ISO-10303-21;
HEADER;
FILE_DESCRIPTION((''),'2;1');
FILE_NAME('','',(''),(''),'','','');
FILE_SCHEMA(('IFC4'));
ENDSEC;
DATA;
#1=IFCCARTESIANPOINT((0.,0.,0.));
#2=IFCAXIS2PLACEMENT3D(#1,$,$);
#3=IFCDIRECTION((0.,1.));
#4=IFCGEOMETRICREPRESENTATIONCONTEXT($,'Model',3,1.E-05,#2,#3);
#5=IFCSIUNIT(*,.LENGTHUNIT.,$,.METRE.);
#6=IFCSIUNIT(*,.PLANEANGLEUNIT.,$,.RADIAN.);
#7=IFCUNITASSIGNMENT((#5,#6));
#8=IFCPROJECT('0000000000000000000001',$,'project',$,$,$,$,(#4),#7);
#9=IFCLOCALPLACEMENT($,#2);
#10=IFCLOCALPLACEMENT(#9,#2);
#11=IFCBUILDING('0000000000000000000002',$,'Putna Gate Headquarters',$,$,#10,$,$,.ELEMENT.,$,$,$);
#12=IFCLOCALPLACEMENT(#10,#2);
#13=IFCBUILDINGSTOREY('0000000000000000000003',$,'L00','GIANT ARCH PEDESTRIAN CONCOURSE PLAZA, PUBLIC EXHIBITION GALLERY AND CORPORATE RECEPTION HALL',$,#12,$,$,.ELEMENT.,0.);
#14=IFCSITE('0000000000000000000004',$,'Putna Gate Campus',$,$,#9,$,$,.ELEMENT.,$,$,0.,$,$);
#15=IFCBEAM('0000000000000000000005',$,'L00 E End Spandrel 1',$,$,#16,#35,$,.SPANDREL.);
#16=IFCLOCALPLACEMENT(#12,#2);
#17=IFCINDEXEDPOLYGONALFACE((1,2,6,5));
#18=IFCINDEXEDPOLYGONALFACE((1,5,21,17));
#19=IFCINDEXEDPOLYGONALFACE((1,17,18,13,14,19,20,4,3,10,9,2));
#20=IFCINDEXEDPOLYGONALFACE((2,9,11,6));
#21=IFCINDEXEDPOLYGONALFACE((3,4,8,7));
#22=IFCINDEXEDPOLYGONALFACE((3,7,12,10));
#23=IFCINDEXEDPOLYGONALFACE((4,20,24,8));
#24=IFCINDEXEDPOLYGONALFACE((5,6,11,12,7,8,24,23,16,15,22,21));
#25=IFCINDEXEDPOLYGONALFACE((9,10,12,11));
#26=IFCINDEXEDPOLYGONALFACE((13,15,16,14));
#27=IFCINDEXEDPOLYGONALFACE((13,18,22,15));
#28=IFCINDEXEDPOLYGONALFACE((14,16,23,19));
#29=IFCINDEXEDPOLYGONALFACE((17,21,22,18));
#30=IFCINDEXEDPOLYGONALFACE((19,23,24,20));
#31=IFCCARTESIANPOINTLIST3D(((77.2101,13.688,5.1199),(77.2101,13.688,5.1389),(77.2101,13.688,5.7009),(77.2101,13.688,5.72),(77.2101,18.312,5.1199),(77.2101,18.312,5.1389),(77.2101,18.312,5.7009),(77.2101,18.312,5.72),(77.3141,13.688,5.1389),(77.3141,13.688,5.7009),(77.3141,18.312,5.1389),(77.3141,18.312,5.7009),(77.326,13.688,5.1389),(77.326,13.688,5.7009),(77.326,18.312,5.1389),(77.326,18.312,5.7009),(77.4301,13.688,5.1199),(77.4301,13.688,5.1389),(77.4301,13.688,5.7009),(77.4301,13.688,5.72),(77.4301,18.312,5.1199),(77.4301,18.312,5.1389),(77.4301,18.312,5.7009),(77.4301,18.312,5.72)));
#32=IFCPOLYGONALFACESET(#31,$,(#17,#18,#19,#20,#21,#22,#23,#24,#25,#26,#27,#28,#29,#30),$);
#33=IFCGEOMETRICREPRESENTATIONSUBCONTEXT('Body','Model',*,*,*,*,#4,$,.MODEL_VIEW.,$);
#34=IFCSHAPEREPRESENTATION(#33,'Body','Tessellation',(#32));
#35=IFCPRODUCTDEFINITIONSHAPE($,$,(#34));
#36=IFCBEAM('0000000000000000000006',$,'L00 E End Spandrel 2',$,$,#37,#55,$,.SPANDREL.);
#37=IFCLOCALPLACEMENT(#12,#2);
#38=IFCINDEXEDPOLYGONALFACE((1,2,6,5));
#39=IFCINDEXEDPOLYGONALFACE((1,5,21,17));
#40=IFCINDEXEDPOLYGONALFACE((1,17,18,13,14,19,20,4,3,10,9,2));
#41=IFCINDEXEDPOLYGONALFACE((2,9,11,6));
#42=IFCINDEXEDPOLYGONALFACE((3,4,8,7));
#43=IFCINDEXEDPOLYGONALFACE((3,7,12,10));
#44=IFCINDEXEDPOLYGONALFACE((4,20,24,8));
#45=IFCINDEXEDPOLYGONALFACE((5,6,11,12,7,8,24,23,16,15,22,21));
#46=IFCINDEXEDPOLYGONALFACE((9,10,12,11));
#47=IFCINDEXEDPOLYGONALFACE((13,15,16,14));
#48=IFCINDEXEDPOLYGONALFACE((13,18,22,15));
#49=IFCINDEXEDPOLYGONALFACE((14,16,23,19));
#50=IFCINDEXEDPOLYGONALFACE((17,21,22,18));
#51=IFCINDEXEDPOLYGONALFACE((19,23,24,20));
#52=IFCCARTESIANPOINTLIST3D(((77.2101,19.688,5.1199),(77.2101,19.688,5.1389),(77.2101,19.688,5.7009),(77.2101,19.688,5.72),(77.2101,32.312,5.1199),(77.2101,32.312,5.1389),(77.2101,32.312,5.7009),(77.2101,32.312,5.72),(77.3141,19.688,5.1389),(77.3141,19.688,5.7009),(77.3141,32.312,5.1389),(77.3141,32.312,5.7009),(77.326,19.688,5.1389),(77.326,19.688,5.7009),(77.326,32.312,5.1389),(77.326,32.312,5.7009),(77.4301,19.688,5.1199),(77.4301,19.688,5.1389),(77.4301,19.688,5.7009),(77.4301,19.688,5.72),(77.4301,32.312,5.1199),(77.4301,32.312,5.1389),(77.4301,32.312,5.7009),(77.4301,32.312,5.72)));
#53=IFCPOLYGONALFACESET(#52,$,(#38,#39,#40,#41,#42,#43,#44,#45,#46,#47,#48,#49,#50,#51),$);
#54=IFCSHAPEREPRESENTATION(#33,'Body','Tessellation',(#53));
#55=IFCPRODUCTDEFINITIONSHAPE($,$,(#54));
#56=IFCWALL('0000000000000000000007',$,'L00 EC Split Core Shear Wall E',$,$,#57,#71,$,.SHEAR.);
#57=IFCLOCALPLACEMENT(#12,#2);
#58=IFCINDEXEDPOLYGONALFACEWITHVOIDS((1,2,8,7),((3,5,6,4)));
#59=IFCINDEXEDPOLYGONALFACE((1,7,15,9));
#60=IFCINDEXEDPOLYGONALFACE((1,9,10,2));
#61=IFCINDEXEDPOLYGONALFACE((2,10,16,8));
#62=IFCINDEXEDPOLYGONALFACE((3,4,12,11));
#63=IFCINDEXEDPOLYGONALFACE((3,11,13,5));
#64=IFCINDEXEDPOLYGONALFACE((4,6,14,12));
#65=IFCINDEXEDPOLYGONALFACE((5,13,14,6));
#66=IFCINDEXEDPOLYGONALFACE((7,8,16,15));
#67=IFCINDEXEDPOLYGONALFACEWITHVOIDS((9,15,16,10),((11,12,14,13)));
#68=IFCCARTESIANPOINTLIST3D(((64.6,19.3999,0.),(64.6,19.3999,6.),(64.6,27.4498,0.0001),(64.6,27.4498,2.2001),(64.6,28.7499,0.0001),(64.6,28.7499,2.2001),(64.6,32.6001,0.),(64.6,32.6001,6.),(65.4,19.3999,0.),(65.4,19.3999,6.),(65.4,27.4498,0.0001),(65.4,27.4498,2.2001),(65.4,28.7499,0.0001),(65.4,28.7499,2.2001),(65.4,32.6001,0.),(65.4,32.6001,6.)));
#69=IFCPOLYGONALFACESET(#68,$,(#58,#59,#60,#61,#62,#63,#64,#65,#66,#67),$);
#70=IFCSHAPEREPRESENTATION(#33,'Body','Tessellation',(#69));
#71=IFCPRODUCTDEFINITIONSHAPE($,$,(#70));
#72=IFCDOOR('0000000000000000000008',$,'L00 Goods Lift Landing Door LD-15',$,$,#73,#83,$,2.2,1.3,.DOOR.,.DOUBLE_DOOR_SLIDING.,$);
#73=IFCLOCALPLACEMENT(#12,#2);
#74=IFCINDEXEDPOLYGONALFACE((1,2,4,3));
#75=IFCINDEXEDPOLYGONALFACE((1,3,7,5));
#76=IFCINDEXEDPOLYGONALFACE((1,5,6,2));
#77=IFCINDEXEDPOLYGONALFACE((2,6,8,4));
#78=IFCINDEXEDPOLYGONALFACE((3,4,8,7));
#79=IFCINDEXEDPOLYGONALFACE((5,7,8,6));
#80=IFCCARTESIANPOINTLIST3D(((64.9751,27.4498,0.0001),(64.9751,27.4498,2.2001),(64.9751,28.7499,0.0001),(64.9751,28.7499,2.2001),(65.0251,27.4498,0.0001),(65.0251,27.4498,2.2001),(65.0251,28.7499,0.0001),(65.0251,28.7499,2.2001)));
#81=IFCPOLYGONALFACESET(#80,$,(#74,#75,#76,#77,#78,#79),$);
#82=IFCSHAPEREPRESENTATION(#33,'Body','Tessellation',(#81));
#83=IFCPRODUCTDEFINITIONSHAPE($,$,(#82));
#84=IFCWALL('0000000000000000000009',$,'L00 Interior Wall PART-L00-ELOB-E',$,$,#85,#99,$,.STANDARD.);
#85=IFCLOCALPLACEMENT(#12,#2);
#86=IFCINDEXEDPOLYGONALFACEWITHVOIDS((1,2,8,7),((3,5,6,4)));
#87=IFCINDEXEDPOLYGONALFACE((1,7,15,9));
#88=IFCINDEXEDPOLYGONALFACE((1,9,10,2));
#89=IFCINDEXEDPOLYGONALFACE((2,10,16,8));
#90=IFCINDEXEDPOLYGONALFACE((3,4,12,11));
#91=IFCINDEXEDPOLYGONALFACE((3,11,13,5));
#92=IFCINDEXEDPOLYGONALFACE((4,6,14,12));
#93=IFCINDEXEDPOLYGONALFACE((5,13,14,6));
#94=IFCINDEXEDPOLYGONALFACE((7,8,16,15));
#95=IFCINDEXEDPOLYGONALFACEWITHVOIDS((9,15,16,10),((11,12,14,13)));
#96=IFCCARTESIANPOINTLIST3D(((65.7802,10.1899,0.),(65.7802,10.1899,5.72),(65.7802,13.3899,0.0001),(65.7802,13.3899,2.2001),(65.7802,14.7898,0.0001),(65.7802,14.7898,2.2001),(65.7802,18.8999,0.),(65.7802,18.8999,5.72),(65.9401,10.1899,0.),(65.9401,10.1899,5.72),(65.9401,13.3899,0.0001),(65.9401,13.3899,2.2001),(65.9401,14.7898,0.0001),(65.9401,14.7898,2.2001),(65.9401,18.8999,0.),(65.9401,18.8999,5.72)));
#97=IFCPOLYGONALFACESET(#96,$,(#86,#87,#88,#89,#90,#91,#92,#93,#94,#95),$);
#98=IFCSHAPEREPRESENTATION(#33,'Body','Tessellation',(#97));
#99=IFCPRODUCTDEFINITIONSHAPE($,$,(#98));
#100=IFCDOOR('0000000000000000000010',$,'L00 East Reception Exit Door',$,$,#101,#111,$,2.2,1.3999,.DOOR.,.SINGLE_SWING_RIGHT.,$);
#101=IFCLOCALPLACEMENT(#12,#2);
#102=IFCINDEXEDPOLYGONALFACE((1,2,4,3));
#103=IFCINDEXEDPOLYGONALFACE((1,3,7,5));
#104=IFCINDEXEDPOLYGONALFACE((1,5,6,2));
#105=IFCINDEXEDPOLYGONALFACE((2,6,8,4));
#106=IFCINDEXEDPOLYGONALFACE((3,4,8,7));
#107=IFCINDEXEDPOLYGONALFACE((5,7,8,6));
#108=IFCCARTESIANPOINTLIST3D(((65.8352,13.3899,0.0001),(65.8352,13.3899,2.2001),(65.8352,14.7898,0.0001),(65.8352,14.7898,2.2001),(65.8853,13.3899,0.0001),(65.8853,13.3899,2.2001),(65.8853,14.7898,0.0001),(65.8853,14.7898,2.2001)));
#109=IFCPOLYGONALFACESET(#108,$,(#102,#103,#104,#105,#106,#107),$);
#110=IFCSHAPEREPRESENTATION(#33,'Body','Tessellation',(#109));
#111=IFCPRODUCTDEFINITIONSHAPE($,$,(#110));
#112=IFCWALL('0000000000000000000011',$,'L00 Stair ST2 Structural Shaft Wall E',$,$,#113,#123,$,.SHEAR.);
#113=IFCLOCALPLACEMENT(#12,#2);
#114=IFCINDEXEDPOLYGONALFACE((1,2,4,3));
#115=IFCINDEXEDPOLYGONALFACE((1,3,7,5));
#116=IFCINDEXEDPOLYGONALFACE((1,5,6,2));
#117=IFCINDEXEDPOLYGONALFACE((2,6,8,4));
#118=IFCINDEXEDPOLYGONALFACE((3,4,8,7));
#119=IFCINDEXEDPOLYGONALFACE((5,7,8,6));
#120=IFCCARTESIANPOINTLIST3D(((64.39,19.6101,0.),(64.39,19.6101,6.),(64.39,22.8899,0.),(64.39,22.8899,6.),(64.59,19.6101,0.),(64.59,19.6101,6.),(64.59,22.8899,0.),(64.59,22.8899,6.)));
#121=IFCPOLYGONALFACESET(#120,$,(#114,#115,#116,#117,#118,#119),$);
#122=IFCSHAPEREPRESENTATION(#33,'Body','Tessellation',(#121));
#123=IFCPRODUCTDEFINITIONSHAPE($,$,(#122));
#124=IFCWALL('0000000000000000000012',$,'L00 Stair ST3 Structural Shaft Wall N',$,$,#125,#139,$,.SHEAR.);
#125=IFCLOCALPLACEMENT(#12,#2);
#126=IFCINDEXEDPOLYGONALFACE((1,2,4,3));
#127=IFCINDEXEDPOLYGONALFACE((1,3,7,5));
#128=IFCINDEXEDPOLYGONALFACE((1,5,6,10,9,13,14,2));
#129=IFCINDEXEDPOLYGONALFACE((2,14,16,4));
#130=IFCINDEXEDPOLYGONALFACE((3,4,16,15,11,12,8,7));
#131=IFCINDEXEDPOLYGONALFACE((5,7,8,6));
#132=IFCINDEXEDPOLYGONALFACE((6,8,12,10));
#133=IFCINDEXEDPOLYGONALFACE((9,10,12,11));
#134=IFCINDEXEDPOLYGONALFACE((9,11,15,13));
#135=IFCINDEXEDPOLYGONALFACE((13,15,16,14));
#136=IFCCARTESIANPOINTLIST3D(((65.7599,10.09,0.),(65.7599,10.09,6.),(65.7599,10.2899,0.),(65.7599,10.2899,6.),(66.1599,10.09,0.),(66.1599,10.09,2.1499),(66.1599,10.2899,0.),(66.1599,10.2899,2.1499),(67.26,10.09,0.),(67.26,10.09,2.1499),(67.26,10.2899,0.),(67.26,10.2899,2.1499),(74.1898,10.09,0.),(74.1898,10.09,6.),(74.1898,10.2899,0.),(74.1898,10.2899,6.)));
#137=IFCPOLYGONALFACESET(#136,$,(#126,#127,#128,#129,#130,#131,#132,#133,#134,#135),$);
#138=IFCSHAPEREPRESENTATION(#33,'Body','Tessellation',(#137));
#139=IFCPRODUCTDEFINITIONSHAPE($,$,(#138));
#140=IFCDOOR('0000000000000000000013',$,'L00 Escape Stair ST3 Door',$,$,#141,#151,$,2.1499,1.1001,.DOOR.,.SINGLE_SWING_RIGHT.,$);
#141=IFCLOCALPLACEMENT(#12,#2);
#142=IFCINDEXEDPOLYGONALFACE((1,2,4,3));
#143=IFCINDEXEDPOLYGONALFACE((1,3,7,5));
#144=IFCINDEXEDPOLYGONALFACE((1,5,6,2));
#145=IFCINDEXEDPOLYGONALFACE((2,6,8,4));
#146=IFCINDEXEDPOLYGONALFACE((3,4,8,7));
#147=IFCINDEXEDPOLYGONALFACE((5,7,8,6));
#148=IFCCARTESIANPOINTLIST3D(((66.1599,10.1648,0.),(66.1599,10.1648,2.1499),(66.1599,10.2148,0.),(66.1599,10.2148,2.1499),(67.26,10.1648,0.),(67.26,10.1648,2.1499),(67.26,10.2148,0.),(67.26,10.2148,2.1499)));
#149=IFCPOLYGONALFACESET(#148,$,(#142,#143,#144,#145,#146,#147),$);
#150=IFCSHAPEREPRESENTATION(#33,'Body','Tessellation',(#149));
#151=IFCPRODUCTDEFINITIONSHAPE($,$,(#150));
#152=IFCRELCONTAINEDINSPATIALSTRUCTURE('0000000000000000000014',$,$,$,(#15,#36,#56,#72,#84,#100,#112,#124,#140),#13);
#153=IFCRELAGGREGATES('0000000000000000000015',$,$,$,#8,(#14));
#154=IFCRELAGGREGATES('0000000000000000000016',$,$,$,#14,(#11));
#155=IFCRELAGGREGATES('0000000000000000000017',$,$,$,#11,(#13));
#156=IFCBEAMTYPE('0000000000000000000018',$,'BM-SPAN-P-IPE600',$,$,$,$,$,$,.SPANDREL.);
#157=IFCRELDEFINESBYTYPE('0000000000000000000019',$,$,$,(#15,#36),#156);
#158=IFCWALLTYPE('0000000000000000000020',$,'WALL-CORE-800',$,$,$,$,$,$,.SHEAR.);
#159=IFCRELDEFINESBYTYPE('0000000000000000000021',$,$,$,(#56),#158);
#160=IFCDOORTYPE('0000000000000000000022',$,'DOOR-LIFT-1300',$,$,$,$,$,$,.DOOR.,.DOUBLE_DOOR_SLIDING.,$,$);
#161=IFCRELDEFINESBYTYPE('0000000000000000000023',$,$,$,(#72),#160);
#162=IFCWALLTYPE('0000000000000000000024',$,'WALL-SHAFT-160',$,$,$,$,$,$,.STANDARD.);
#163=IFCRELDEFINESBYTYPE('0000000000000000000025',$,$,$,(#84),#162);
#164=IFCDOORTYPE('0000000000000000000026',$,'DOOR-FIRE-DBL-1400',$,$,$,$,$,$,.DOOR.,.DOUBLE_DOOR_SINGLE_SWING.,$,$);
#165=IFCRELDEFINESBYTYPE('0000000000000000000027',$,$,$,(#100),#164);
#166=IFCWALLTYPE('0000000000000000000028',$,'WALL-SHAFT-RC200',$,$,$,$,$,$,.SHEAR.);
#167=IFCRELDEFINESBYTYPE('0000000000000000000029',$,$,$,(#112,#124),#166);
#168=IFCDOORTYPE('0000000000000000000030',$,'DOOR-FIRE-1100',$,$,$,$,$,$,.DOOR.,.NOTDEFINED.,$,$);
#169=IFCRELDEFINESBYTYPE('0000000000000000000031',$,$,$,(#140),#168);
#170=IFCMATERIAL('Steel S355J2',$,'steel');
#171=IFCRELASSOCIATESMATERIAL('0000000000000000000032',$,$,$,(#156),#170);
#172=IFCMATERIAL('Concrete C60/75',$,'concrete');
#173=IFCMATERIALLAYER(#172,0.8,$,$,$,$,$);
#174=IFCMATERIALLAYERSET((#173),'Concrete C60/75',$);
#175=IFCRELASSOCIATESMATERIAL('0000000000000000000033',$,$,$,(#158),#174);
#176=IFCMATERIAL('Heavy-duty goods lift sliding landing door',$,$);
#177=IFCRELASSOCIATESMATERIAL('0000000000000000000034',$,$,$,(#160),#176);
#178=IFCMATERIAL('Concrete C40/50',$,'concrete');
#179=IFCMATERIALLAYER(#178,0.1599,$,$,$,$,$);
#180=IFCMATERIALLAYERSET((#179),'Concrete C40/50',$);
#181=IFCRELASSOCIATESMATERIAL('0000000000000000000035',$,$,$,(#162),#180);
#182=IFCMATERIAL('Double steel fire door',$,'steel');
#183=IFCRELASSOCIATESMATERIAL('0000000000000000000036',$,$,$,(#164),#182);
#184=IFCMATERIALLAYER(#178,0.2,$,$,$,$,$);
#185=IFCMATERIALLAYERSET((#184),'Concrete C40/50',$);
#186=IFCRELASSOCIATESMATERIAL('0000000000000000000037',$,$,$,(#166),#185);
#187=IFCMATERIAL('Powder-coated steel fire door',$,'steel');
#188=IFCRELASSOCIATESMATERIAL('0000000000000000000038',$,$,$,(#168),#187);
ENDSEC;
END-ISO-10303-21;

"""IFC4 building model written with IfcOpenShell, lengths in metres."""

from ifc_helpers import new_model, si_unit, direction, frame, frame_2d, origin, origin_2d, place, context, subcontext, project, spatial, rectangle, i_section, extrude, material, layer, layer_set, material_profile, profile_set, type_object, element, fill, save


model = new_model("IFC4")

# Units and contexts
model_context = context("Model", 3, precision=1e-05, world=origin(), true_north=direction((0.0, 1.0)))
body_context = subcontext(model_context, "Body", "Model", "MODEL_VIEW")
ifc_project = project(units=[si_unit("LENGTHUNIT", "METRE"), si_unit("PLANEANGLEUNIT", "RADIAN")], contexts=[model_context])

# Site, building, storey
site_placement = place(None, origin())
site = spatial("IfcSite", under=ifc_project, at=site_placement, Name="Putna Gate Campus", CompositionType="ELEMENT", RefElevation=0.0)
building_placement = place(site_placement, origin())
building = spatial("IfcBuilding", under=site, at=building_placement, Name="Putna Gate Headquarters", CompositionType="ELEMENT")
storey_placement = place(building_placement, origin())
storey = spatial("IfcBuildingStorey", under=building, at=storey_placement, Name="L00", Description="GIANT ARCH PEDESTRIAN CONCOURSE PLAZA, PUBLIC EXHIBITION GALLERY AND CORPORATE RECEPTION HALL", CompositionType="ELEMENT", Elevation=0.0)

# Shared definitions
ifc_material_1 = material(Name="Concrete C60/75", Category="concrete")

# Beams
ifc_material_2 = material(Name="Steel S355J2", Category="steel")
ifc_material_profile_1 = material_profile(ifc_material_2, i_section(OverallWidth=0.22, OverallDepth=0.6001, WebThickness=0.012, FlangeThickness=0.019, at=origin_2d()), Name="Steel S355J2")
ifc_profile_set_1 = profile_set([ifc_material_profile_1], Name="Steel S355J2")
beam_type_1 = type_object("IfcBeamType", Name="BM-SPAN-P-IPE600", PredefinedType="SPANDREL", material=ifc_profile_set_1)
beam_1_placement = place(storey_placement, frame((77.3201, 13.688, 5.4199), z_axis=(0.0, 1.0, 0.0), x_axis=(-1.0, 0.0, 0.0)))
element("IfcBeam", 1, at=beam_1_placement, inside=storey, type_object=beam_type_1, Name="L00 E End Spandrel 1", PredefinedType="SPANDREL", context=body_context, shape_type="SweptSolid", body=[
    extrude(i_section(OverallWidth=0.22, OverallDepth=0.6001, WebThickness=0.012, FlangeThickness=0.019, at=origin_2d()), origin(), (0.0, 0.0, 1.0), 4.624),
])
beam_2_placement = place(storey_placement, frame((77.3201, 19.688, 5.4199), z_axis=(0.0, 1.0, 0.0), x_axis=(-1.0, 0.0, 0.0)))
element("IfcBeam", 2, at=beam_2_placement, inside=storey, type_object=beam_type_1, Name="L00 E End Spandrel 2", PredefinedType="SPANDREL", context=body_context, shape_type="SweptSolid", body=[
    extrude(i_section(OverallWidth=0.22, OverallDepth=0.6001, WebThickness=0.012, FlangeThickness=0.019, at=origin_2d()), origin(), (0.0, 0.0, 1.0), 12.624),
])

# Walls, openings, doors
ifc_layer_1 = layer(ifc_material_1, 0.8)
ifc_layer_set_1 = layer_set([ifc_layer_1], Name="Concrete C60/75")
wall_type_1 = type_object("IfcWallType", Name="WALL-CORE-800", PredefinedType="SHEAR", material=ifc_layer_set_1)
wall_1_placement = place(storey_placement, frame((65.0, 19.3999, 0.0), z_axis=(0.0, 0.0, 1.0), x_axis=(0.0, 1.0, 0.0)))
wall_1 = element("IfcWall", 3, at=wall_1_placement, inside=storey, type_object=wall_type_1, Name="L00 EC Split Core Shear Wall E", PredefinedType="SHEAR", context=body_context, shape_type="SweptSolid", body=[
    extrude(rectangle(XDim=13.2002, YDim=0.8, at=frame_2d((6.6001, 0.0))), origin(), (0.0, 0.0, 1.0), 6.0),
])
opening_1_placement = place(wall_1_placement, frame((8.05, 0.0, 0.0)))
opening_1 = element("IfcOpeningElement", 4, at=opening_1_placement, cuts=wall_1, PredefinedType="OPENING", context=body_context, shape_type="SweptSolid", body=[
    extrude(rectangle(XDim=1.3, YDim=2.2, at=frame_2d((0.6499, 1.1001))), frame((0.0, 0.4099, 0.0), z_axis=(0.0, -1.0, 0.0), x_axis=(1.0, 0.0, 0.0)), (0.0, 0.0, 1.0), 0.8201),
])
ifc_material_3 = material(Name="Heavy-duty goods lift sliding landing door")
door_type_1 = type_object("IfcDoorType", Name="DOOR-LIFT-1300", OperationType="DOUBLE_DOOR_SLIDING", PredefinedType="DOOR", material=ifc_material_3)
door_1_placement = place(opening_1_placement, origin())
door_1 = element("IfcDoor", 5, at=door_1_placement, inside=storey, type_object=door_type_1, Name="L00 Goods Lift Landing Door LD-15", OperationType="DOUBLE_DOOR_SLIDING", OverallHeight=2.2, OverallWidth=1.3, PredefinedType="DOOR", context=body_context, shape_type="SweptSolid", body=[
    extrude(rectangle(XDim=1.3, YDim=2.2, at=frame_2d((0.6499, 1.1001))), frame((0.0, 0.0249, 0.0), z_axis=(0.0, -1.0, 0.0), x_axis=(1.0, 0.0, 0.0)), (0.0, 0.0, 1.0), 0.05),
])
fill(opening_1, door_1)
ifc_material_4 = material(Name="Concrete C40/50", Category="concrete")
ifc_layer_2 = layer(ifc_material_4, 0.1599)
ifc_layer_set_2 = layer_set([ifc_layer_2], Name="Concrete C40/50")
wall_type_2 = type_object("IfcWallType", Name="WALL-SHAFT-160", PredefinedType="STANDARD", material=ifc_layer_set_2)
wall_2_placement = place(storey_placement, frame((65.8601, 10.1899, 0.0), z_axis=(0.0, 0.0, 1.0), x_axis=(0.0, 1.0, 0.0)))
wall_2 = element("IfcWall", 6, at=wall_2_placement, inside=storey, type_object=wall_type_2, Name="L00 Interior Wall PART-L00-ELOB-E", PredefinedType="STANDARD", context=body_context, shape_type="SweptSolid", body=[
    extrude(rectangle(XDim=8.71, YDim=0.1599, at=frame_2d((4.355, 0.0))), origin(), (0.0, 0.0, 1.0), 5.72),
])
opening_2_placement = place(wall_2_placement, frame((3.2, 0.0, 0.0)))
opening_2 = element("IfcOpeningElement", 7, at=opening_2_placement, cuts=wall_2, PredefinedType="OPENING", context=body_context, shape_type="SweptSolid", body=[
    extrude(rectangle(XDim=1.3999, YDim=2.2, at=frame_2d((0.7, 1.1001))), frame((0.0, 0.0898, 0.0), z_axis=(0.0, -1.0, 0.0), x_axis=(1.0, 0.0, 0.0)), (0.0, 0.0, 1.0), 0.1799),
])
ifc_material_5 = material(Name="Double steel fire door", Category="steel")
door_type_2 = type_object("IfcDoorType", Name="DOOR-FIRE-DBL-1400", OperationType="DOUBLE_DOOR_SINGLE_SWING", PredefinedType="DOOR", material=ifc_material_5)
door_2_placement = place(opening_2_placement, origin())
door_2 = element("IfcDoor", 8, at=door_2_placement, inside=storey, type_object=door_type_2, Name="L00 East Reception Exit Door", OperationType="SINGLE_SWING_RIGHT", OverallHeight=2.2, OverallWidth=1.3999, PredefinedType="DOOR", context=body_context, shape_type="SweptSolid", body=[
    extrude(rectangle(XDim=1.3999, YDim=2.2, at=frame_2d((0.7, 1.1001))), frame((0.0, 0.0249, 0.0), z_axis=(0.0, -1.0, 0.0), x_axis=(1.0, 0.0, 0.0)), (0.0, 0.0, 1.0), 0.05),
])
fill(opening_2, door_2)

# Wall
ifc_layer_3 = layer(ifc_material_4, 0.2)
ifc_layer_set_3 = layer_set([ifc_layer_3], Name="Concrete C40/50")
wall_type_3 = type_object("IfcWallType", Name="WALL-SHAFT-RC200", PredefinedType="SHEAR", material=ifc_layer_set_3)
wall_3_placement = place(storey_placement, frame((64.49, 19.6101, 0.0), z_axis=(0.0, 0.0, 1.0), x_axis=(0.0, 1.0, 0.0)))
element("IfcWall", 9, at=wall_3_placement, inside=storey, type_object=wall_type_3, Name="L00 Stair ST2 Structural Shaft Wall E", PredefinedType="SHEAR", context=body_context, shape_type="SweptSolid", body=[
    extrude(rectangle(XDim=3.2798, YDim=0.2, at=frame_2d((1.6399, 0.0))), origin(), (0.0, 0.0, 1.0), 6.0),
])

# Wall, opening, door
wall_4_placement = place(storey_placement, frame((65.76, 10.1899, 0.0), z_axis=(0.0, 0.0, 1.0), x_axis=(1.0, 0.0, 0.0)))
wall_4 = element("IfcWall", 10, at=wall_4_placement, inside=storey, type_object=wall_type_3, Name="L00 Stair ST3 Structural Shaft Wall N", PredefinedType="SHEAR", context=body_context, shape_type="SweptSolid", body=[
    extrude(rectangle(XDim=8.4299, YDim=0.2, at=frame_2d((4.2148, 0.0))), origin(), (0.0, 0.0, 1.0), 6.0),
])
opening_3_placement = place(wall_4_placement, frame((0.3999, 0.0, 0.0)))
opening_3 = element("IfcOpeningElement", 11, at=opening_3_placement, cuts=wall_4, PredefinedType="OPENING", context=body_context, shape_type="SweptSolid", body=[
    extrude(rectangle(XDim=1.1001, YDim=2.1499, at=frame_2d((0.55, 1.075))), frame((0.0, 0.1099, 0.0), z_axis=(0.0, -1.0, 0.0), x_axis=(1.0, 0.0, 0.0)), (0.0, 0.0, 1.0), 0.22),
])
ifc_material_6 = material(Name="Powder-coated steel fire door", Category="steel")
door_type_3 = type_object("IfcDoorType", Name="DOOR-FIRE-1100", OperationType="NOTDEFINED", PredefinedType="DOOR", material=ifc_material_6)
door_3_placement = place(opening_3_placement, origin())
door_3 = element("IfcDoor", 12, at=door_3_placement, inside=storey, type_object=door_type_3, Name="L00 Escape Stair ST3 Door", OperationType="SINGLE_SWING_RIGHT", OverallHeight=2.1499, OverallWidth=1.1001, PredefinedType="DOOR", context=body_context, shape_type="SweptSolid", body=[
    extrude(rectangle(XDim=1.1001, YDim=2.1499, at=frame_2d((0.55, 1.075))), frame((0.0, 0.0249, 0.0), z_axis=(0.0, -1.0, 0.0), x_axis=(1.0, 0.0, 0.0)), (0.0, 0.0, 1.0), 0.05),
])
fill(opening_3, door_3)

save(model, "model.ifc")
